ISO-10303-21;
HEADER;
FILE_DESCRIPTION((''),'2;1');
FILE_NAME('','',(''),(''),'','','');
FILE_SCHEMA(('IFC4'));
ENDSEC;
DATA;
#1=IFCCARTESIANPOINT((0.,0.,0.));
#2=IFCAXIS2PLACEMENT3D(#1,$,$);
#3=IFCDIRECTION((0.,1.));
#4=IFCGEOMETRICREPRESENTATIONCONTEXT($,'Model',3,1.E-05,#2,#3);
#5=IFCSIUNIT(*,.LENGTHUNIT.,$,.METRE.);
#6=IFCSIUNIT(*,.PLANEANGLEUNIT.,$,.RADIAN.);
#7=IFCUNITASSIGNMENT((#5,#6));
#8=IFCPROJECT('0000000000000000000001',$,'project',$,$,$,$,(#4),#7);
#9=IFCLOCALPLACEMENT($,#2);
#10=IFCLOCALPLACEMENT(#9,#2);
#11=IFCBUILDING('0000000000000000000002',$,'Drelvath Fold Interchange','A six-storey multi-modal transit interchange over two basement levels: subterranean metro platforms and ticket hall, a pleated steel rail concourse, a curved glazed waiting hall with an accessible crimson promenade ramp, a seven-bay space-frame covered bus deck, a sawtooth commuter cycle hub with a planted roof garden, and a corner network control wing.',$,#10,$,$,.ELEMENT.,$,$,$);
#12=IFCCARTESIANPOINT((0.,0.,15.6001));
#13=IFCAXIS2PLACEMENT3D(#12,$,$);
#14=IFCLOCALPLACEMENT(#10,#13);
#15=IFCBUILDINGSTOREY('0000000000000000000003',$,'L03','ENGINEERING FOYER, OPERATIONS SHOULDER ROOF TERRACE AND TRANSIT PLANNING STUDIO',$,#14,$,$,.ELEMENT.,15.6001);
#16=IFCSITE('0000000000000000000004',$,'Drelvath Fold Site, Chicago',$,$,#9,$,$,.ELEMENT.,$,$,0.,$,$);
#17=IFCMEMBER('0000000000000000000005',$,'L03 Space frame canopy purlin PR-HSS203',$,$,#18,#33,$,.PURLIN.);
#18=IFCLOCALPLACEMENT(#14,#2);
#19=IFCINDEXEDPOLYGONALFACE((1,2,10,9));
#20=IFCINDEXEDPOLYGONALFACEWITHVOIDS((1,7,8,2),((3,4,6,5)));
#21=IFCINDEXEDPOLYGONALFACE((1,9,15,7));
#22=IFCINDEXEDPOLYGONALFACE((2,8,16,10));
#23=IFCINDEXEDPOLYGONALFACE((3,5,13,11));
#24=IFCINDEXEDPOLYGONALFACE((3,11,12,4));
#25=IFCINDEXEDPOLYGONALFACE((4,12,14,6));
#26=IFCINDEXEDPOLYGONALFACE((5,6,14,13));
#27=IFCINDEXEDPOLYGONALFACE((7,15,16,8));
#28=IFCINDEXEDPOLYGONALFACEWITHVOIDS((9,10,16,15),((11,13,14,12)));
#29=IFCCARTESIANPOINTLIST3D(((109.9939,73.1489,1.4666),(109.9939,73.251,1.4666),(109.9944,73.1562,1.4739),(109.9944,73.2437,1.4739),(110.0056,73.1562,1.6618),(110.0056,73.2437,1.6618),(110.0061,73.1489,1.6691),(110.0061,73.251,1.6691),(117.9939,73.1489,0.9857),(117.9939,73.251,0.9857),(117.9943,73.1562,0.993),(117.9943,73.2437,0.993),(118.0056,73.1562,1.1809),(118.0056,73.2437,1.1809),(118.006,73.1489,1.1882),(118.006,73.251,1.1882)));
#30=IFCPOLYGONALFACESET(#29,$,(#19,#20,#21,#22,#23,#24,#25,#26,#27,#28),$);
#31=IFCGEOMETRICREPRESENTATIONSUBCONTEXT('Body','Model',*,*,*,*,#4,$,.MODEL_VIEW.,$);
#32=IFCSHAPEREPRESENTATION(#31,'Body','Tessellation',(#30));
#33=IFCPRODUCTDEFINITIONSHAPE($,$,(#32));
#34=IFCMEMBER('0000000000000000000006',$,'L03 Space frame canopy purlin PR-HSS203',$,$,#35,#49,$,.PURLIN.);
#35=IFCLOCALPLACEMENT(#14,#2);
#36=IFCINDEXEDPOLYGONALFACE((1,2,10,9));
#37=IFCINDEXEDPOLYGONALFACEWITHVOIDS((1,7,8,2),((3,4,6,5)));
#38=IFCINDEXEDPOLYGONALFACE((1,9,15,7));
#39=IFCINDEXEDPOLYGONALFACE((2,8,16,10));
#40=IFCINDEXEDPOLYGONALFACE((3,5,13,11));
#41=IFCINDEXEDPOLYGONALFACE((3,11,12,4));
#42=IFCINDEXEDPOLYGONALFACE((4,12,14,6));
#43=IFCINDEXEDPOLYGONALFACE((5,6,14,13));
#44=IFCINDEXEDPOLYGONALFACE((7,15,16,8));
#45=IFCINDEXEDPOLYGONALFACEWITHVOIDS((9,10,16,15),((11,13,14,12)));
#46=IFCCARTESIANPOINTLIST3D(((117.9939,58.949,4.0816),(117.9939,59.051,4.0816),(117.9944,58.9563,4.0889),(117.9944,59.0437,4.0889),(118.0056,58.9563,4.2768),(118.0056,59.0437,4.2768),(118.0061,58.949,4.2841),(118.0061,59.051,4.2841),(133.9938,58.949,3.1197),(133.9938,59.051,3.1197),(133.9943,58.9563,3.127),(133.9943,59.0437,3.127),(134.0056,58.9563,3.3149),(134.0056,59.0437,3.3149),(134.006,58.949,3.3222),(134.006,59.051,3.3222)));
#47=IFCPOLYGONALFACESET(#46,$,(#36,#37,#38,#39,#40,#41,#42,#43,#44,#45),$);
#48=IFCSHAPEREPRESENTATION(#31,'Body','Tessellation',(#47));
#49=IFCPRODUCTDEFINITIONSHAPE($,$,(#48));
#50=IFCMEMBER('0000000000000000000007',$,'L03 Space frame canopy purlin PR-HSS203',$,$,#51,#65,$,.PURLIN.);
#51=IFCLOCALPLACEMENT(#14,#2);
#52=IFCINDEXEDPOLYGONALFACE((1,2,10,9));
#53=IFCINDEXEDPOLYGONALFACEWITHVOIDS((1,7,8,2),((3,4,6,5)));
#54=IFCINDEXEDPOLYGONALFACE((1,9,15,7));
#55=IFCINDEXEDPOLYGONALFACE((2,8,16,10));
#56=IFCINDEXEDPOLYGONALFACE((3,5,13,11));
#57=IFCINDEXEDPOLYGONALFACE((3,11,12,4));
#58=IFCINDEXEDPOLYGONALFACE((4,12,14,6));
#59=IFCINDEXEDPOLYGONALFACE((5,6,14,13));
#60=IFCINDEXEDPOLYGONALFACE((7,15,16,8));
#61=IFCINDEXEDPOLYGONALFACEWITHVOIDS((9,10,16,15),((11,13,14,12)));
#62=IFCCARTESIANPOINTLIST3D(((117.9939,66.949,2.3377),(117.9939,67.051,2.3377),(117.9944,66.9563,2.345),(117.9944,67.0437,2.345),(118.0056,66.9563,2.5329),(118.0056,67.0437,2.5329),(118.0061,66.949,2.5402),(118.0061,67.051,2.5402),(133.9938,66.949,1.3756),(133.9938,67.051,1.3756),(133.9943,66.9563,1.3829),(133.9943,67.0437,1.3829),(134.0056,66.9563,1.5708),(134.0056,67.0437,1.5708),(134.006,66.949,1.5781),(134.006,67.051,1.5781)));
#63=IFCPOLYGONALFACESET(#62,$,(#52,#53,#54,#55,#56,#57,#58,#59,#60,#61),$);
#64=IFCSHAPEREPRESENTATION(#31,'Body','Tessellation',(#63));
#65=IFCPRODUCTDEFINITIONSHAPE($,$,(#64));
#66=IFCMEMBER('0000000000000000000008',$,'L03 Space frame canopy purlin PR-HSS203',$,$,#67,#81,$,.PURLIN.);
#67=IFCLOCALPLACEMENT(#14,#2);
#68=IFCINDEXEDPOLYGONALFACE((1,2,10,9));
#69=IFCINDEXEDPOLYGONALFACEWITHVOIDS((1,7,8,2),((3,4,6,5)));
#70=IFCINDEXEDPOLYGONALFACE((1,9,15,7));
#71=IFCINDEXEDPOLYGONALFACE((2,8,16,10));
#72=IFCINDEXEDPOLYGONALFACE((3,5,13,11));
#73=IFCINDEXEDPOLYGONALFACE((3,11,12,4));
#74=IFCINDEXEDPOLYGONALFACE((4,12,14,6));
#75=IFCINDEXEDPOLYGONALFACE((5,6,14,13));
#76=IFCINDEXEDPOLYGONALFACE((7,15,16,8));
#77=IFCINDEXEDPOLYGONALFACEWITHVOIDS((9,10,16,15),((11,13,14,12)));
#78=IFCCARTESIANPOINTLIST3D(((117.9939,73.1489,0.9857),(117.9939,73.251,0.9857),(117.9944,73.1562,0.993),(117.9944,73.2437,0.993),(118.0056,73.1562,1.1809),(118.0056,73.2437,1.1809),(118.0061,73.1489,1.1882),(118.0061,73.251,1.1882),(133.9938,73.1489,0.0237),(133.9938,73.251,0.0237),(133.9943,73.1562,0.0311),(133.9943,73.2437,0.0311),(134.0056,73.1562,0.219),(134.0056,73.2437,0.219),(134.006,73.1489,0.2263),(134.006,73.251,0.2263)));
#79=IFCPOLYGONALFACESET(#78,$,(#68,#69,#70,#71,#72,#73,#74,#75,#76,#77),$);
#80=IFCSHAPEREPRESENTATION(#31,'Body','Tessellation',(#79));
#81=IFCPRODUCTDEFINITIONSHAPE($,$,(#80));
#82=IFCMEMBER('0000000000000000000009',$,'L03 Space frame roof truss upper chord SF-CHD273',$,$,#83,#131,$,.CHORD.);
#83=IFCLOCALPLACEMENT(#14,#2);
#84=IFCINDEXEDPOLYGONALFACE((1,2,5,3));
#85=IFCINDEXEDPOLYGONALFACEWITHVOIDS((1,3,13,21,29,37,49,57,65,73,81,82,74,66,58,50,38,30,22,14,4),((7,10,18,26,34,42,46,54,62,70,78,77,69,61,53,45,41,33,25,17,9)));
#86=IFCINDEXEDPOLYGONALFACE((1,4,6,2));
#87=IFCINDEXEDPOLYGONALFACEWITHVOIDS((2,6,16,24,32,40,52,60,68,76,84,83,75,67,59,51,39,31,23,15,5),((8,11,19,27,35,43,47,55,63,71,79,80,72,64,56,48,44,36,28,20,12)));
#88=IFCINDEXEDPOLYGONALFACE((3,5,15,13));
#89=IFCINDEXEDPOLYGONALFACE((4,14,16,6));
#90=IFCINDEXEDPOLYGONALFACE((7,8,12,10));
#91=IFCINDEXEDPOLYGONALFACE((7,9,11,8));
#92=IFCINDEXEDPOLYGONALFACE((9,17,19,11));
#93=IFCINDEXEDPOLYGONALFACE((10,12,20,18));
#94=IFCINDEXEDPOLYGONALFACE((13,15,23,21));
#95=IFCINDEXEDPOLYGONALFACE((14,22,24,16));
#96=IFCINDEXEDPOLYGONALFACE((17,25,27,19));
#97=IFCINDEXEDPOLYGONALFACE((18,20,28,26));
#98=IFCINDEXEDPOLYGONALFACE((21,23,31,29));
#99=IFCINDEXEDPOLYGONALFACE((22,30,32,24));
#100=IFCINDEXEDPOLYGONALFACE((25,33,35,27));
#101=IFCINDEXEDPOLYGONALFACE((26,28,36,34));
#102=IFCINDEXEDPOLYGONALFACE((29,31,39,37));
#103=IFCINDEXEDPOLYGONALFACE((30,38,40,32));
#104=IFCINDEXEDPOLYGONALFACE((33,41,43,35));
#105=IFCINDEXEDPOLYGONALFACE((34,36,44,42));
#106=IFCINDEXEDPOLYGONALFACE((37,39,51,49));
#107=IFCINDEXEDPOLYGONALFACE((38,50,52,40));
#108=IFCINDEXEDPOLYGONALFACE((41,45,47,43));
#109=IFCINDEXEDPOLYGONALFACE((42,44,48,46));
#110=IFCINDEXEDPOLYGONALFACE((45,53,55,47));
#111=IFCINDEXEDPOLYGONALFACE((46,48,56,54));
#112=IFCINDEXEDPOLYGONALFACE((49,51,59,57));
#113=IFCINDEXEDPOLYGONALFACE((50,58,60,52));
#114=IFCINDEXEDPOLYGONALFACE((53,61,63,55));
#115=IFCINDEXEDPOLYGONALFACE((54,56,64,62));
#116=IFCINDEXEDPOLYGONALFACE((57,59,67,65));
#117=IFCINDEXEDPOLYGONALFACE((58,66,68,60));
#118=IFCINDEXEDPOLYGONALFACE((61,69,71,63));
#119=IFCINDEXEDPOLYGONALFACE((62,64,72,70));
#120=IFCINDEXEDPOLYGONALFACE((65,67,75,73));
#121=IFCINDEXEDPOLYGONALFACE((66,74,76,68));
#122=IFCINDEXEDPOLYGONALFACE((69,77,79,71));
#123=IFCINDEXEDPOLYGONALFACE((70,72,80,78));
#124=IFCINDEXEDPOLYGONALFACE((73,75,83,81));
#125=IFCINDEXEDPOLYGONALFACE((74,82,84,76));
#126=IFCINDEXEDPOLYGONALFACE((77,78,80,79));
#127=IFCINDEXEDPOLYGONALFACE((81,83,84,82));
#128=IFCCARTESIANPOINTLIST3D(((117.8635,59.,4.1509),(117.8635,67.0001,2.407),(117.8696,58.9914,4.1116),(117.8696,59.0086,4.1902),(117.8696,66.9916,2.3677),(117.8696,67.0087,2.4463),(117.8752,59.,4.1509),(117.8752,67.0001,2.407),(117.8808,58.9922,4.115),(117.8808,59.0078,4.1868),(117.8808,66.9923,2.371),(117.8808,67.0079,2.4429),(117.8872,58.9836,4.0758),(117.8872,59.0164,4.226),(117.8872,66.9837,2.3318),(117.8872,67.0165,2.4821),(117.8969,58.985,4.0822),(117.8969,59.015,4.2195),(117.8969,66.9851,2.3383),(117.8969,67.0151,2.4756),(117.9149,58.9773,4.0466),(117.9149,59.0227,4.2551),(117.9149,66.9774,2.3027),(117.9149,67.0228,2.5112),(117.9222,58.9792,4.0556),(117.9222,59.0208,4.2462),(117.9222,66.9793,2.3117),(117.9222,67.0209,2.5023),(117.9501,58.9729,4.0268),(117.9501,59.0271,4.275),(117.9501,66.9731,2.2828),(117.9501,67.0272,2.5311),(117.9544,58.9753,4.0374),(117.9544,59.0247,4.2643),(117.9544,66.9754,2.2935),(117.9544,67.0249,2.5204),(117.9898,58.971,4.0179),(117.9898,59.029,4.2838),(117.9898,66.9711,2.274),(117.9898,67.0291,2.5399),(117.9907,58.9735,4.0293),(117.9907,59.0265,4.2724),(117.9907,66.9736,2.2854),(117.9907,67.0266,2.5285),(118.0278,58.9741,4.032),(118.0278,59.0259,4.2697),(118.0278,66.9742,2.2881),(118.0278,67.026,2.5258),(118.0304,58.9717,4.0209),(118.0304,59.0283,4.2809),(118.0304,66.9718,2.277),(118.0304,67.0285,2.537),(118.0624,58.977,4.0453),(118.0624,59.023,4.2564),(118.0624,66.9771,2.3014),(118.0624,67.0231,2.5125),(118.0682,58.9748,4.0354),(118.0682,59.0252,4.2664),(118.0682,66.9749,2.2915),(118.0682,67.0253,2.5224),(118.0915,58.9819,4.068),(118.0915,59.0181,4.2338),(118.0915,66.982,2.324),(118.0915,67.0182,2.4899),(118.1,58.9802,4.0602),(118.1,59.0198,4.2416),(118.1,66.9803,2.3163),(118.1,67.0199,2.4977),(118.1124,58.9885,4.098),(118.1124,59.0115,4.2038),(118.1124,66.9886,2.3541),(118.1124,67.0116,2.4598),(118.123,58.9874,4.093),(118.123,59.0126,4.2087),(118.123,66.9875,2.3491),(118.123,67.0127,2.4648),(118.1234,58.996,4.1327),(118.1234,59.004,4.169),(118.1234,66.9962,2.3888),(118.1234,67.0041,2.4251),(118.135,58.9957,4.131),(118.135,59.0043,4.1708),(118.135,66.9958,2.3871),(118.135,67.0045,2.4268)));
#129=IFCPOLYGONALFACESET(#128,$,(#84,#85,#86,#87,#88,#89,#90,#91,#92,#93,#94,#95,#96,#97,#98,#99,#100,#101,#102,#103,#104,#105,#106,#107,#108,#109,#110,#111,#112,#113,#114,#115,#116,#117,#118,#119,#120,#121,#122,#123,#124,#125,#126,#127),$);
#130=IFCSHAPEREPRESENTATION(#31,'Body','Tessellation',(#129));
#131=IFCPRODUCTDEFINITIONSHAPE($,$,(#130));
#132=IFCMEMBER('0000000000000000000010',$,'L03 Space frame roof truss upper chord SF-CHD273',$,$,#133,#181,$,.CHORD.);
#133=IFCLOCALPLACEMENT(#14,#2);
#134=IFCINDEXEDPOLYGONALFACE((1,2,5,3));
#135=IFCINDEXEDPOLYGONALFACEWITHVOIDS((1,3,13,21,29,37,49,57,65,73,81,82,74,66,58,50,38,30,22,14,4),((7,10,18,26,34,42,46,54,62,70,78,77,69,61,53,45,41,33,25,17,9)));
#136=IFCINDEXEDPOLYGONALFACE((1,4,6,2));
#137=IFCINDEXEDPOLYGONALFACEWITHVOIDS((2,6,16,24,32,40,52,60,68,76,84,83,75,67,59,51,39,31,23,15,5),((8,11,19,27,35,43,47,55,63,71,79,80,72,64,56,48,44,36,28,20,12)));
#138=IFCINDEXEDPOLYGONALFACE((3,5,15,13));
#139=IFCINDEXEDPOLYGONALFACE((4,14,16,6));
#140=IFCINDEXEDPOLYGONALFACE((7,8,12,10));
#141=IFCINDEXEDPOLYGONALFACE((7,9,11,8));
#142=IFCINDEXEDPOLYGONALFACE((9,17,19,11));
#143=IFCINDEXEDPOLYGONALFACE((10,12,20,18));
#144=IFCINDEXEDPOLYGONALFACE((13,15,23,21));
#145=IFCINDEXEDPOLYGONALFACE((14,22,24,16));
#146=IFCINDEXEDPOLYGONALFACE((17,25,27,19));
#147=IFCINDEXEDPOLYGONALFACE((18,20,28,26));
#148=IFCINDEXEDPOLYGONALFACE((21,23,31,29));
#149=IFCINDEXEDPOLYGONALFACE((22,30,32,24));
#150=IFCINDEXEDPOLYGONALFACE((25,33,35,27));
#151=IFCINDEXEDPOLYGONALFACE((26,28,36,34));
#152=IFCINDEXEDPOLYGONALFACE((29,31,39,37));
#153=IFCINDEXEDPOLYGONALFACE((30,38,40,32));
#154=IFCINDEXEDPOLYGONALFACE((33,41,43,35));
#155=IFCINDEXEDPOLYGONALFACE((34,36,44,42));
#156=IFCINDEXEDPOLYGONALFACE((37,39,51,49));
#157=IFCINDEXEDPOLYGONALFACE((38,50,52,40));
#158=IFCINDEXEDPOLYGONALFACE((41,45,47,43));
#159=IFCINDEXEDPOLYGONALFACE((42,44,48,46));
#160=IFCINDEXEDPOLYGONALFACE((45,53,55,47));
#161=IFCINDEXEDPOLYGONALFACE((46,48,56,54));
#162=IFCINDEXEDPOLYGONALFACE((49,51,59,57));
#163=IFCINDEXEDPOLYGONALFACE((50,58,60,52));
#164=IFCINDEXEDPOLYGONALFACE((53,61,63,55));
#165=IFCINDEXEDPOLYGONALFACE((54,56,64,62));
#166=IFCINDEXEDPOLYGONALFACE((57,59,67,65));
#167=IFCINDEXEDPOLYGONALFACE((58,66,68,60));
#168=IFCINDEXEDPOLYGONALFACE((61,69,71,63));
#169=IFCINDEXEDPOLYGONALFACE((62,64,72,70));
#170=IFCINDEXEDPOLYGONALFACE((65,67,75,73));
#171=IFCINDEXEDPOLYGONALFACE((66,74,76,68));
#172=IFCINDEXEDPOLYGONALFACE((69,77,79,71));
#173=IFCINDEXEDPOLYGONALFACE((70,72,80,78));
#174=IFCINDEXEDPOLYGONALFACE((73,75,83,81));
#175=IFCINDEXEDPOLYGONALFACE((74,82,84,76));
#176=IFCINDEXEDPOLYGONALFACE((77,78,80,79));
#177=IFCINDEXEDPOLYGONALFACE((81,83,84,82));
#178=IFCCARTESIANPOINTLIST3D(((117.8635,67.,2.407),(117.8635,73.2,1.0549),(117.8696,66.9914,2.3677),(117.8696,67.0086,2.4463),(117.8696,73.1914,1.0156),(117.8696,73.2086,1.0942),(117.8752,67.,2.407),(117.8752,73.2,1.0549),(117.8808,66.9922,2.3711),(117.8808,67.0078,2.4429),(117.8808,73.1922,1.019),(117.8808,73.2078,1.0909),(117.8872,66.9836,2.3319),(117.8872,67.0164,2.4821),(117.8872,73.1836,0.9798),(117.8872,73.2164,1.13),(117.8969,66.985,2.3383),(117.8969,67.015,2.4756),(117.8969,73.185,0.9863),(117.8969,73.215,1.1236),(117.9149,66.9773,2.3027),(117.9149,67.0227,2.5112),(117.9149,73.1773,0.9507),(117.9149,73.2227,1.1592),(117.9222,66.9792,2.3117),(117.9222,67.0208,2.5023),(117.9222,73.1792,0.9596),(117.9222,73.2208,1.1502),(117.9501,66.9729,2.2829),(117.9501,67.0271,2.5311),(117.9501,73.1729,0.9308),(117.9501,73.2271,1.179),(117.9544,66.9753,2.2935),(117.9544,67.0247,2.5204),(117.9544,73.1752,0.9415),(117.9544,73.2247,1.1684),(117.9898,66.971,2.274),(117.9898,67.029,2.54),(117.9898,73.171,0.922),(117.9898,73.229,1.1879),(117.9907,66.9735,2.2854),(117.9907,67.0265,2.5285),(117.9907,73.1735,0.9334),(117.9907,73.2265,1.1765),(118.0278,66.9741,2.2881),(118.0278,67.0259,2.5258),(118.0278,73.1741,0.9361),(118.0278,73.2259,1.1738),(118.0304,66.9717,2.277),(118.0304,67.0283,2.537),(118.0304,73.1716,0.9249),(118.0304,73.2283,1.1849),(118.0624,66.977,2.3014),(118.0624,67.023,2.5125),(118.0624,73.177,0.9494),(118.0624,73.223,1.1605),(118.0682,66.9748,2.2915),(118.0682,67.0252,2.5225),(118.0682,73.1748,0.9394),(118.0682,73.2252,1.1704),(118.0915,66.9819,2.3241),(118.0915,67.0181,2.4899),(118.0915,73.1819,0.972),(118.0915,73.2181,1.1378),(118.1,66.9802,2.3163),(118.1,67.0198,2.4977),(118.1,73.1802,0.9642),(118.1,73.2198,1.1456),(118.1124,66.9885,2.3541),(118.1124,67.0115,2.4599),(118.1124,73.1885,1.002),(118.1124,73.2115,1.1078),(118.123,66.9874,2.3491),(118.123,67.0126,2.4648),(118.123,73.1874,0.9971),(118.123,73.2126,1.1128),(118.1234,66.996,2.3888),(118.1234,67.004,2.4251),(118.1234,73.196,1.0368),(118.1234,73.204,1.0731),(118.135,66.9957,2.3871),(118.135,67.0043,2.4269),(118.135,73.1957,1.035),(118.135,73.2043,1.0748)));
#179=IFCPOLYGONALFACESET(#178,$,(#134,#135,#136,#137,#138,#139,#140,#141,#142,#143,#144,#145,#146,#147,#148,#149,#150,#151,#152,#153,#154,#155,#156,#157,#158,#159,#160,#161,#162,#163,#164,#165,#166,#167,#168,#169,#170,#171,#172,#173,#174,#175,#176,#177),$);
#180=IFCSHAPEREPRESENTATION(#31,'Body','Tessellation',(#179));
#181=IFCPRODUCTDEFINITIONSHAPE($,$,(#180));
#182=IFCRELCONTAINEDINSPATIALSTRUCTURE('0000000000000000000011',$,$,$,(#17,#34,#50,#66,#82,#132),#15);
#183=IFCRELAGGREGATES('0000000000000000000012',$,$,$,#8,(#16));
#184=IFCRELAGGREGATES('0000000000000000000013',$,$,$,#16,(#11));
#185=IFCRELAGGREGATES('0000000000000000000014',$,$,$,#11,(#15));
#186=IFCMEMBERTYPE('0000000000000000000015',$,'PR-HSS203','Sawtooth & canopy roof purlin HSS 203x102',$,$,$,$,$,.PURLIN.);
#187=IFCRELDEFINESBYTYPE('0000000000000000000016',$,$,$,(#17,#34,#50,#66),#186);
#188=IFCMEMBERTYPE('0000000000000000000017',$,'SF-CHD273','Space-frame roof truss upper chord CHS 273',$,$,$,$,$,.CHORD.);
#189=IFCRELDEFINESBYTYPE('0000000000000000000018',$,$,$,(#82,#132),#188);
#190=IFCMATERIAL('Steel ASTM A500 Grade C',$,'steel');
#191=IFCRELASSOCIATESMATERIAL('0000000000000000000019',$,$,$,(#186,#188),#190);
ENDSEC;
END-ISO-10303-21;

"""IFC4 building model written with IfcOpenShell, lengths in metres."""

from ifc_helpers import new_model, si_unit, direction, frame, origin, origin_2d, place, context, subcontext, project, spatial, hollow_rectangle, hollow_circle, extrude, material, material_profile, profile_set, type_object, element, save


model = new_model("IFC4")

# Units and contexts
model_context = context("Model", 3, precision=1e-05, world=origin(), true_north=direction((0.0, 1.0)))
body_context = subcontext(model_context, "Body", "Model", "MODEL_VIEW")
ifc_project = project(units=[si_unit("LENGTHUNIT", "METRE"), si_unit("PLANEANGLEUNIT", "RADIAN")], contexts=[model_context])

# Site, building, storey
site_placement = place(None, origin())
site = spatial("IfcSite", under=ifc_project, at=site_placement, Name="Drelvath Fold Site, Chicago", CompositionType="ELEMENT", RefElevation=0.0)
building_placement = place(site_placement, origin())
building = spatial("IfcBuilding", under=site, at=building_placement, Name="Drelvath Fold Interchange", Description="A six-storey multi-modal transit interchange over two basement levels: subterranean metro platforms and ticket hall, a pleated steel rail concourse, a curved glazed waiting hall with an accessible crimson promenade ramp, a seven-bay space-frame covered bus deck, a sawtooth commuter cycle hub with a planted roof garden, and a corner network control wing.", CompositionType="ELEMENT")
storey_placement = place(building_placement, frame((0.0, 0.0, 15.6001)))
storey = spatial("IfcBuildingStorey", under=building, at=storey_placement, Name="L03", Description="ENGINEERING FOYER, OPERATIONS SHOULDER ROOF TERRACE AND TRANSIT PLANNING STUDIO", CompositionType="ELEMENT", Elevation=15.6001)

# Members
ifc_material_1 = material(Name="Steel ASTM A500 Grade C", Category="steel")
ifc_material_profile_1 = material_profile(ifc_material_1, hollow_rectangle(XDim=0.1021, YDim=0.2029, WallThickness=0.0073, at=origin_2d()), Name="HSS8X4X5/16")
ifc_profile_set_1 = profile_set([ifc_material_profile_1], Name="Steel ASTM A500 Grade C")
member_type_1 = type_object("IfcMemberType", Name="PR-HSS203", Description="Sawtooth & canopy roof purlin HSS 203x102", PredefinedType="PURLIN", material=ifc_profile_set_1)
member_1_placement = place(storey_placement, frame((110.0, 73.2, 1.5679), z_axis=(0.998198, 0.0, -0.060011), x_axis=(0.0, 1.0, 0.0)))
element("IfcMember", 1, at=member_1_placement, inside=storey, type_object=member_type_1, Name="L03 Space frame canopy purlin PR-HSS203", PredefinedType="PURLIN", context=body_context, shape_type="SweptSolid", body=[
    extrude(hollow_rectangle(XDim=0.1021, YDim=0.2029, WallThickness=0.0073, at=origin_2d()), origin(), (0.0, 0.0, 1.0), 8.0144),
])
for number, where, z_axis, x_axis, name in (
    (2, (118.0, 59.0, 4.1829), (0.998198, 0.0, -0.060011), (0.0, 1.0, 0.0), "L03 Space frame canopy purlin PR-HSS203"),
    (3, (118.0, 67.0, 2.439), (0.998197, 0.0, -0.060026), (0.0, 1.0, 0.0), "L03 Space frame canopy purlin PR-HSS203"),
    (4, (118.0, 73.2, 1.0869), (0.998198, 0.0, -0.060011), (0.0, 1.0, 0.0), "L03 Space frame canopy purlin PR-HSS203"),
):
    element("IfcMember", number, at=place(storey_placement, frame(where, z_axis=z_axis, x_axis=x_axis)), inside=storey, type_object=member_type_1, Name=name, PredefinedType="PURLIN", context=body_context, shape_type="SweptSolid", body=[
        extrude(hollow_rectangle(XDim=0.1021, YDim=0.2029, WallThickness=0.0073, at=origin_2d()), origin(), (0.0, 0.0, 1.0), 16.0288),
    ])
ifc_material_profile_2 = material_profile(ifc_material_1, hollow_circle(Radius=0.1365, WallThickness=0.0117, at=origin_2d()), Name="HSS10.750X0.500")
ifc_profile_set_2 = profile_set([ifc_material_profile_2], Name="Steel ASTM A500 Grade C")
member_type_2 = type_object("IfcMemberType", Name="SF-CHD273", Description="Space-frame roof truss upper chord CHS 273", PredefinedType="CHORD", material=ifc_profile_set_2)
member_2_placement = place(storey_placement, frame((118.0, 59.0, 4.1509), z_axis=(0.0, 0.977055, -0.212985), x_axis=(-1.0, 0.0, 0.0)))
element("IfcMember", 5, at=member_2_placement, inside=storey, type_object=member_type_2, Name="L03 Space frame roof truss upper chord SF-CHD273", PredefinedType="CHORD", context=body_context, shape_type="SweptSolid", body=[
    extrude(hollow_circle(Radius=0.1365, WallThickness=0.0117, at=origin_2d()), origin(), (0.0, 0.0, 1.0), 8.188),
])
member_3_placement = place(storey_placement, frame((118.0, 67.0, 2.407), z_axis=(0.0, 0.977038, -0.213067), x_axis=(-1.0, 0.0, 0.0)))
element("IfcMember", 6, at=member_3_placement, inside=storey, type_object=member_type_2, Name="L03 Space frame roof truss upper chord SF-CHD273", PredefinedType="CHORD", context=body_context, shape_type="SweptSolid", body=[
    extrude(hollow_circle(Radius=0.1365, WallThickness=0.0117, at=origin_2d()), origin(), (0.0, 0.0, 1.0), 6.3457),
])

save(model, "model.ifc")
